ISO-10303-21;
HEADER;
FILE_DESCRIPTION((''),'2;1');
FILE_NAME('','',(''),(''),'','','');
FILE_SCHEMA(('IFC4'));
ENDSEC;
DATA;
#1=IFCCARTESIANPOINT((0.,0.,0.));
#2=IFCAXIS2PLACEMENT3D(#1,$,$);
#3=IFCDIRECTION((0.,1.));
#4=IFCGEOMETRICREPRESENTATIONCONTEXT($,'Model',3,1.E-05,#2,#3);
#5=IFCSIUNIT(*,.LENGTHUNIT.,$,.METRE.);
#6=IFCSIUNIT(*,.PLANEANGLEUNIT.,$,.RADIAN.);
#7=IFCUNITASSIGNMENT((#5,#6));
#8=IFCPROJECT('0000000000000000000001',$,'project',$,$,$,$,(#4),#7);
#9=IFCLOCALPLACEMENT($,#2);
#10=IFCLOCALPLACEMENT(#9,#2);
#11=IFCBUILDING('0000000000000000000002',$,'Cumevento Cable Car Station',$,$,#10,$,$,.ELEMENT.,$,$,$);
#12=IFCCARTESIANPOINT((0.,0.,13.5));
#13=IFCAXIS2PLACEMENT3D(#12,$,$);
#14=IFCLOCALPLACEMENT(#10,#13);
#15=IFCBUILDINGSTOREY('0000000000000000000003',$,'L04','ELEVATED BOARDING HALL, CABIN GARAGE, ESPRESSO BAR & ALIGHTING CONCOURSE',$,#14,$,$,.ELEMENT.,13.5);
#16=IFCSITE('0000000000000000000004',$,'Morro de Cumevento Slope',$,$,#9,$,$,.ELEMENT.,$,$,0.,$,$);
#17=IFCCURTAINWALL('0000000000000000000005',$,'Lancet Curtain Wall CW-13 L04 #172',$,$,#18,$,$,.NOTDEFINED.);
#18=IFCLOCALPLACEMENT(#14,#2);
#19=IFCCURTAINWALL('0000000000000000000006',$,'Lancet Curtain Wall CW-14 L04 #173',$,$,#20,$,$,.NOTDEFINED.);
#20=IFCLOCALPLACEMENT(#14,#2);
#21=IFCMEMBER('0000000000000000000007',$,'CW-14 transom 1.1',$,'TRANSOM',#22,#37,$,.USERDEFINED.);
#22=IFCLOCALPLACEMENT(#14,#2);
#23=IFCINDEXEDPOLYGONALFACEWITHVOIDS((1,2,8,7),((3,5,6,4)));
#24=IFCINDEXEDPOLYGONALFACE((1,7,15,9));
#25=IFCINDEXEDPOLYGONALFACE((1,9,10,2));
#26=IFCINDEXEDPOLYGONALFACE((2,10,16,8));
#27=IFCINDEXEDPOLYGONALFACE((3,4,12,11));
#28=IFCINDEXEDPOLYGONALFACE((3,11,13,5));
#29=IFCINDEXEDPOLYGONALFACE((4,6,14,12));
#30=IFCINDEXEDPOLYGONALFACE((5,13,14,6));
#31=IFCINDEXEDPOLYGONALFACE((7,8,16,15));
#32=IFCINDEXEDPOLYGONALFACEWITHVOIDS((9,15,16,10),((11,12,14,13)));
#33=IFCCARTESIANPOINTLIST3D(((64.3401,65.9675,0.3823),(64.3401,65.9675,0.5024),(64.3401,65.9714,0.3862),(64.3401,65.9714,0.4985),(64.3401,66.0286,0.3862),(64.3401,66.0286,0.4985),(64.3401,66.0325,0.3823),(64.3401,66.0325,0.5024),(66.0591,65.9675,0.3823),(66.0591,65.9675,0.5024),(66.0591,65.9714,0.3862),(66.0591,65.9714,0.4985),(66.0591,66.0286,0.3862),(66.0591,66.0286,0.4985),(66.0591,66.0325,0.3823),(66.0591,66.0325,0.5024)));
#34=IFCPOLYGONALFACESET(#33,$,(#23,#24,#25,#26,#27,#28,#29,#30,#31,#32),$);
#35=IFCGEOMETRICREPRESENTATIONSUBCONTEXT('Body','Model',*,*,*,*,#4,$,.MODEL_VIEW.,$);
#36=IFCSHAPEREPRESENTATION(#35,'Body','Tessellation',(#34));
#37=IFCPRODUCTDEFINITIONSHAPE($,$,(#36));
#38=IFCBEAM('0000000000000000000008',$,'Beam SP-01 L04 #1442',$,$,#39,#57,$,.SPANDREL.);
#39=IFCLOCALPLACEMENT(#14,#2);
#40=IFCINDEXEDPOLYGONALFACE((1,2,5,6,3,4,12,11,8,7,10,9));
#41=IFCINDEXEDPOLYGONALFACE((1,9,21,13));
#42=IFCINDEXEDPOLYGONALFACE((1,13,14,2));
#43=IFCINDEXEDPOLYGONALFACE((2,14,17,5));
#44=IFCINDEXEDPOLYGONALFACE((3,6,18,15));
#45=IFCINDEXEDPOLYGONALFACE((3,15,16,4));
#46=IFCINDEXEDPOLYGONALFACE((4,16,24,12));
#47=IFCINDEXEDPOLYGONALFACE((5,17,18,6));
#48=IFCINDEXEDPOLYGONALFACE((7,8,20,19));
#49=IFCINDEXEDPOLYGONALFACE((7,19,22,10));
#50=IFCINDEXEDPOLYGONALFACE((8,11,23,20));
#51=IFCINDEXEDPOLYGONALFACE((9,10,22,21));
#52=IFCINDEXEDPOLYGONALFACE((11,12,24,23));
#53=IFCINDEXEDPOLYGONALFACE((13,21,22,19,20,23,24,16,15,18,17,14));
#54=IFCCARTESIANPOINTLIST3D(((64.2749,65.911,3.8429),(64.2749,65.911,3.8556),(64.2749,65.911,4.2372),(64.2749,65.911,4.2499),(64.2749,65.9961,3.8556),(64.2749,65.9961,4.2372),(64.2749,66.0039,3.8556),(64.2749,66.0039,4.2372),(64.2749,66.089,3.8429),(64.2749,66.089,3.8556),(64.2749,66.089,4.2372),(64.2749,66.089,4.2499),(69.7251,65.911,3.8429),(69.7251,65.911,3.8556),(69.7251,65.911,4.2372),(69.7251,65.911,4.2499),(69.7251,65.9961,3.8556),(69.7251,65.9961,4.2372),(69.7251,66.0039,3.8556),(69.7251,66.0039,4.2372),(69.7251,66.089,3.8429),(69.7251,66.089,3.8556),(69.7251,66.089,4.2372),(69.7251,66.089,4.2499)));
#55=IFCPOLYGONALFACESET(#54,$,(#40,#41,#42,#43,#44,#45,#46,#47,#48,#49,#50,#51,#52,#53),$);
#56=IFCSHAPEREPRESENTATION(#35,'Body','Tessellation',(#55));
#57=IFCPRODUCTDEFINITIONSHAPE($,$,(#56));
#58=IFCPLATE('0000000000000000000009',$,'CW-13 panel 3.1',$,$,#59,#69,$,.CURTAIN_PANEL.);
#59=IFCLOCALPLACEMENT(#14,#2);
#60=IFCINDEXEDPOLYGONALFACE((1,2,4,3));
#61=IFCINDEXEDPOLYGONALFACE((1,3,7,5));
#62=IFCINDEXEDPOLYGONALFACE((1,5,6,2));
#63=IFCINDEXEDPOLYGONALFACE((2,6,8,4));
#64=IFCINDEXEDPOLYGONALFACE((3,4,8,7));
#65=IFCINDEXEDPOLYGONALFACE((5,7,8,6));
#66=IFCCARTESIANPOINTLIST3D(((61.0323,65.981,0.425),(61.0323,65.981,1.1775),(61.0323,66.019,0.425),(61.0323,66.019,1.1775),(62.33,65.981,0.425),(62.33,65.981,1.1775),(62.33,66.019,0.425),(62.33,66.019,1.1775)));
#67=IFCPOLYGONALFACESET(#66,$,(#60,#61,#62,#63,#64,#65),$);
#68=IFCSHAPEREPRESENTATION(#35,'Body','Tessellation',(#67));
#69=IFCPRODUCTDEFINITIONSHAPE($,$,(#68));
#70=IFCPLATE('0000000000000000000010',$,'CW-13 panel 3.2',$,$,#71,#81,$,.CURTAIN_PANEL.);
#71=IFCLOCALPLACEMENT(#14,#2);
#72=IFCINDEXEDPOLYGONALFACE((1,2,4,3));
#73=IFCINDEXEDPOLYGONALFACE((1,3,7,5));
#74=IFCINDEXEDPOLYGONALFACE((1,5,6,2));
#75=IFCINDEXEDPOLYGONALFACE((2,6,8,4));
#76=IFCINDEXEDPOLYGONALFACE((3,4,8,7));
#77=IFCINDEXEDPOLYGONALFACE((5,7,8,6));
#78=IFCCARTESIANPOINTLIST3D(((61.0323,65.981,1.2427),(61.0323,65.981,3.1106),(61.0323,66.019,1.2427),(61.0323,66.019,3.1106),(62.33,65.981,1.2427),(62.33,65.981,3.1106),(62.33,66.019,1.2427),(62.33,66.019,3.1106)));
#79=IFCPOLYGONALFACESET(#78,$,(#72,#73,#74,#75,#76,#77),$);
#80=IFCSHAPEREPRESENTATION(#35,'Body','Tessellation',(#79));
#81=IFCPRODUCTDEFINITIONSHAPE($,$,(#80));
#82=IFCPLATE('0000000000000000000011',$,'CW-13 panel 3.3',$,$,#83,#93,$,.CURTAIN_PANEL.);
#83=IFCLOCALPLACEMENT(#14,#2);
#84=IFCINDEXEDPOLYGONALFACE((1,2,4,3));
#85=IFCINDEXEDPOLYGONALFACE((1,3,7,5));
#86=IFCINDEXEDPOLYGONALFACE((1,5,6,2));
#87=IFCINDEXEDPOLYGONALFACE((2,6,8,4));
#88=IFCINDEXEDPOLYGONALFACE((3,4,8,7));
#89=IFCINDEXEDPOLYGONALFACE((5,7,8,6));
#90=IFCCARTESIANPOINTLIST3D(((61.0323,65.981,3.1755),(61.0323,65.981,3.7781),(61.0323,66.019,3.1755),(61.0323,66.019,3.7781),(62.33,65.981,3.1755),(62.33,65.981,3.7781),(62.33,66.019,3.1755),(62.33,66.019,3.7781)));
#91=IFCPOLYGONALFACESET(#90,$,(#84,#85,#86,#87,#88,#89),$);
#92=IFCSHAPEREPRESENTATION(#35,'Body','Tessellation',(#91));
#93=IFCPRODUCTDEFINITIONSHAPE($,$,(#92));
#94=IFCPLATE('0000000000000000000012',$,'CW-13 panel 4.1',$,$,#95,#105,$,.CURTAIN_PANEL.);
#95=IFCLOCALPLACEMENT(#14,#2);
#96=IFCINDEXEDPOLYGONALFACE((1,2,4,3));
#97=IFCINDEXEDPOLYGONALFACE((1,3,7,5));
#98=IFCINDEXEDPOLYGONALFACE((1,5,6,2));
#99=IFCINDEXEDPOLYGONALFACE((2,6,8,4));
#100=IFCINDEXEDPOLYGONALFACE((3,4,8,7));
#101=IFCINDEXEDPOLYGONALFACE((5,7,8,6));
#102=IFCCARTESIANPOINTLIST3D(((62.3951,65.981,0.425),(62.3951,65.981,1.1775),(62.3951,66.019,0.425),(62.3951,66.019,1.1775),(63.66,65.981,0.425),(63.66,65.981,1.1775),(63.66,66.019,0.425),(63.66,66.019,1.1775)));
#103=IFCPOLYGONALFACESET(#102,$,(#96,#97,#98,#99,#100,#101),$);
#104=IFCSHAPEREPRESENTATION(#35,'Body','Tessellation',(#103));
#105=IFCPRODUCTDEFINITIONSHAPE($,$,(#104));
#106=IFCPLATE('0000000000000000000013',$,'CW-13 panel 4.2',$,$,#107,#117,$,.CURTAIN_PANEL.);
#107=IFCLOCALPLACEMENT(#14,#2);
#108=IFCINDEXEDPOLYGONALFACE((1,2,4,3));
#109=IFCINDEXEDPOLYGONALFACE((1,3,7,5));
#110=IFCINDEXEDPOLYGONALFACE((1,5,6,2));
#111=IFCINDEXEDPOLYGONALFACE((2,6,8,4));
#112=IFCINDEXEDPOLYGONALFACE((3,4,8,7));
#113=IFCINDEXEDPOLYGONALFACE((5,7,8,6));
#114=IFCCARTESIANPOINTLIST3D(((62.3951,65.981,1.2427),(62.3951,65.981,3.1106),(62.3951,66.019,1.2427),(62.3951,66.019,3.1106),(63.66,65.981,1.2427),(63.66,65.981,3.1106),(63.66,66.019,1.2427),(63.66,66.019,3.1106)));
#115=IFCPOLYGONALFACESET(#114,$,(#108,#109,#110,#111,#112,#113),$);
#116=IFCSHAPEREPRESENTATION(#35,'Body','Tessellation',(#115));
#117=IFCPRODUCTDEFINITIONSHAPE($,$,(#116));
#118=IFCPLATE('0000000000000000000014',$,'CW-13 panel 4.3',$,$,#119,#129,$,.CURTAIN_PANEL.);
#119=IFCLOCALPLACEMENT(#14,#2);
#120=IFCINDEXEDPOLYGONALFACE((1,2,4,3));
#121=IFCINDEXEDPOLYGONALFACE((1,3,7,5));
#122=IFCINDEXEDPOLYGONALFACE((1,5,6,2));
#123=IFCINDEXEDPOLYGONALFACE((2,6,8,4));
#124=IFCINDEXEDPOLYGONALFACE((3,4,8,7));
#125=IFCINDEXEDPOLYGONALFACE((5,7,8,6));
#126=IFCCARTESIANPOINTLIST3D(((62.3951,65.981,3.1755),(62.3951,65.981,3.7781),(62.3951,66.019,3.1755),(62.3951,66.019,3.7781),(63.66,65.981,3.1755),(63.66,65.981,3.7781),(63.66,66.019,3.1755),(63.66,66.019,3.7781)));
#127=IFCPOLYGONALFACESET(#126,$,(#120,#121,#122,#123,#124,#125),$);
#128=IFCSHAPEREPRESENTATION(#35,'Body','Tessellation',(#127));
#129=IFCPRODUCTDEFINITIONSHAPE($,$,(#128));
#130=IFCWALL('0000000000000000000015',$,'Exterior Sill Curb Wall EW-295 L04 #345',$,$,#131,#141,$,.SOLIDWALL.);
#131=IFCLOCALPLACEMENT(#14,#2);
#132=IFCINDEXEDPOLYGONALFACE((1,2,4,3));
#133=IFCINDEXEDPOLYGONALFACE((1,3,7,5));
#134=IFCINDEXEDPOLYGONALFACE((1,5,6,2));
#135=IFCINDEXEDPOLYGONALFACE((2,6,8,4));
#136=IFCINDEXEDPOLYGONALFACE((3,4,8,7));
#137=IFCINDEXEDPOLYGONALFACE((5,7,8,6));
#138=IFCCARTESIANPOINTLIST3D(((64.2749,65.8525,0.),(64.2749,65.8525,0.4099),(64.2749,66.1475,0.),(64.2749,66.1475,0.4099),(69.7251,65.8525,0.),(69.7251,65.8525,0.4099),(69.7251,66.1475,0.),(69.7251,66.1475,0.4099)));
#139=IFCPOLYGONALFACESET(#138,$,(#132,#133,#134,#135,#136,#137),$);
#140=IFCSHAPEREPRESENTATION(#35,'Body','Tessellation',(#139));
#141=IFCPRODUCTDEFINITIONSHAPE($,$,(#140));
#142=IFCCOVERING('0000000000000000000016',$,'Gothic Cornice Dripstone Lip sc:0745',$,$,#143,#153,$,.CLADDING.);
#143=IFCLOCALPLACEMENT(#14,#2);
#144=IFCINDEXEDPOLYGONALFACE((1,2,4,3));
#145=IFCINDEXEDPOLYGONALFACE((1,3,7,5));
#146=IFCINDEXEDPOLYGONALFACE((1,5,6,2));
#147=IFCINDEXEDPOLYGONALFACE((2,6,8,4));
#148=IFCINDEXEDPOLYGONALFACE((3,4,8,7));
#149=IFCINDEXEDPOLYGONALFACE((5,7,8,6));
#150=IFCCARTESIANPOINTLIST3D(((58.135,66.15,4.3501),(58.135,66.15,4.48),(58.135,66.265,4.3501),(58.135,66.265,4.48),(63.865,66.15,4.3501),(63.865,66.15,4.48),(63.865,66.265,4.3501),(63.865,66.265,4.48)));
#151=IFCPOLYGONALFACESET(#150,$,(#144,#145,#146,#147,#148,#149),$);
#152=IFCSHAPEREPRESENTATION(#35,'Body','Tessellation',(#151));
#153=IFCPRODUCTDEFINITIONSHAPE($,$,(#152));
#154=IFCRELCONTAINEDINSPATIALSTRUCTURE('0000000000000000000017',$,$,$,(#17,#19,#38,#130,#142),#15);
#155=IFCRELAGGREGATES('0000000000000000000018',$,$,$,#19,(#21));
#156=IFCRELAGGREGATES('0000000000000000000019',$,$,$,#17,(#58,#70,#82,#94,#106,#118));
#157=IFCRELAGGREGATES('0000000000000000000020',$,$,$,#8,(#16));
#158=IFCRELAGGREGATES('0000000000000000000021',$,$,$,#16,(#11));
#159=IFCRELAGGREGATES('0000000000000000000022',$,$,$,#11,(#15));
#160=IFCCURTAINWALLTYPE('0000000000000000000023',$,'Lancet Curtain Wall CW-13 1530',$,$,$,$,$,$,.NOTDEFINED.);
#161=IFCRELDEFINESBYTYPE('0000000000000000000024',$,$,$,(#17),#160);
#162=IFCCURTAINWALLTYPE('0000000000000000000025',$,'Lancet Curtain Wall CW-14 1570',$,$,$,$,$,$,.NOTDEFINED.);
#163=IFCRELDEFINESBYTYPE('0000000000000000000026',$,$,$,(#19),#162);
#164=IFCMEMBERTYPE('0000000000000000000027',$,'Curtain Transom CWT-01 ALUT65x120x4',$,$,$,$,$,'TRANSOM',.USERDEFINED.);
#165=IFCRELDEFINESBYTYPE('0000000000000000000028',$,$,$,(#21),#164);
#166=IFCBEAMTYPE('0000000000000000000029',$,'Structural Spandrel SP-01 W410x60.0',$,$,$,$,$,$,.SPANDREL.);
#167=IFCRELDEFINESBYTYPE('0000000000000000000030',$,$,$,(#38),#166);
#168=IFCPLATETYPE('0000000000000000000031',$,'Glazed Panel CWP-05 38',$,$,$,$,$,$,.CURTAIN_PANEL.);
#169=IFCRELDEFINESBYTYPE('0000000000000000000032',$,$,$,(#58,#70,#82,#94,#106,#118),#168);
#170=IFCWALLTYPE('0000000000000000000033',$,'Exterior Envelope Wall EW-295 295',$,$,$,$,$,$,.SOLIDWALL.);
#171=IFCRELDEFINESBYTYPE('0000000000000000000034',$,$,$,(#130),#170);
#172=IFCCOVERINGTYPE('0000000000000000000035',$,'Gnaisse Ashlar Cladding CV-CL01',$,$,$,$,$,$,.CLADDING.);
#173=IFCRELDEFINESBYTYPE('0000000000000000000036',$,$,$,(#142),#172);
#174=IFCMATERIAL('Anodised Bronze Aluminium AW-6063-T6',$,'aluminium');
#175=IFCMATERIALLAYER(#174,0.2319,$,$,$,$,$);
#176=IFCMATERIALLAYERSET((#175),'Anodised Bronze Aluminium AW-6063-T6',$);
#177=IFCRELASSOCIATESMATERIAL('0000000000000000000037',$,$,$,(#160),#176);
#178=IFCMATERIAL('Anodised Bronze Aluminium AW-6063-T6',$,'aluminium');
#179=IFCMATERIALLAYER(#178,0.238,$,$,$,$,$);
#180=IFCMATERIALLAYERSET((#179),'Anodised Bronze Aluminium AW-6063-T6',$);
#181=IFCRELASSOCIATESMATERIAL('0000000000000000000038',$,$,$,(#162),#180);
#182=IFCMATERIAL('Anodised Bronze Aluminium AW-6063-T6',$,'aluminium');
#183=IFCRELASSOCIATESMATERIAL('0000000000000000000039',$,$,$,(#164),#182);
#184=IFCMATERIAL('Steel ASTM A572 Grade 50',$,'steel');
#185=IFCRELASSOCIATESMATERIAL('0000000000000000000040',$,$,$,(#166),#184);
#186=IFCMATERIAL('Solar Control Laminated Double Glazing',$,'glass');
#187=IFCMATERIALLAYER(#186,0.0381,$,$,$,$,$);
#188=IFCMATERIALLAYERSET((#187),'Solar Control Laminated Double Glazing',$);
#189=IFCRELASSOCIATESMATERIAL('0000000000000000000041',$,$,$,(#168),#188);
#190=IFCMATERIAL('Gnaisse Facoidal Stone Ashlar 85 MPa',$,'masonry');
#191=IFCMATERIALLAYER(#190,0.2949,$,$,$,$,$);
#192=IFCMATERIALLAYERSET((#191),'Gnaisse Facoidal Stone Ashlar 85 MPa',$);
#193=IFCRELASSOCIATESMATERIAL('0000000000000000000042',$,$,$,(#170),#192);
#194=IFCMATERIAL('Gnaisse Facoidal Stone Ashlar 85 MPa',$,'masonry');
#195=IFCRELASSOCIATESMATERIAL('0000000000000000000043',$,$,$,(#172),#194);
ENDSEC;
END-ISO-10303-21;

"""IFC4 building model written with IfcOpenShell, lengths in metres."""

from ifc_helpers import new_model, si_unit, direction, frame, frame_2d, origin, origin_2d, place, context, subcontext, project, spatial, rectangle, hollow_rectangle, i_section, extrude, material, layer, layer_set, material_profile, profile_set, type_object, element, aggregate, save


model = new_model("IFC4")

# Units and contexts
model_context = context("Model", 3, precision=1e-05, world=origin(), true_north=direction((0.0, 1.0)))
body_context = subcontext(model_context, "Body", "Model", "MODEL_VIEW")
ifc_project = project(units=[si_unit("LENGTHUNIT", "METRE"), si_unit("PLANEANGLEUNIT", "RADIAN")], contexts=[model_context])

# Site, building, storey
site_placement = place(None, origin())
site = spatial("IfcSite", under=ifc_project, at=site_placement, Name="Morro de Cumevento Slope", CompositionType="ELEMENT", RefElevation=0.0)
building_placement = place(site_placement, origin())
building = spatial("IfcBuilding", under=site, at=building_placement, Name="Cumevento Cable Car Station", CompositionType="ELEMENT")
storey_placement = place(building_placement, frame((0.0, 0.0, 13.5)))
storey = spatial("IfcBuildingStorey", under=building, at=storey_placement, Name="L04", Description="ELEVATED BOARDING HALL, CABIN GARAGE, ESPRESSO BAR & ALIGHTING CONCOURSE", CompositionType="ELEMENT", Elevation=13.5)

# Curtain wall
ifc_material_1 = material(Name="Anodised Bronze Aluminium AW-6063-T6", Category="aluminium")
ifc_layer_1 = layer(ifc_material_1, 0.2319)
ifc_layer_set_1 = layer_set([ifc_layer_1], Name="Anodised Bronze Aluminium AW-6063-T6")
curtain_wall_type_1 = type_object("IfcCurtainWallType", Name="Lancet Curtain Wall CW-13 1530", PredefinedType="NOTDEFINED", material=ifc_layer_set_1)
curtain_wall_1_placement = place(storey_placement, origin())
curtain_wall_1 = element("IfcCurtainWall", 1, at=curtain_wall_1_placement, inside=storey, type_object=curtain_wall_type_1, Name="Lancet Curtain Wall CW-13 L04 #172", PredefinedType="NOTDEFINED")

# Curtain wall
ifc_material_2 = material(Name="Anodised Bronze Aluminium AW-6063-T6", Category="aluminium")
ifc_layer_2 = layer(ifc_material_2, 0.238)
ifc_layer_set_2 = layer_set([ifc_layer_2], Name="Anodised Bronze Aluminium AW-6063-T6")
curtain_wall_type_2 = type_object("IfcCurtainWallType", Name="Lancet Curtain Wall CW-14 1570", PredefinedType="NOTDEFINED", material=ifc_layer_set_2)
curtain_wall_2_placement = place(storey_placement, origin())
curtain_wall_2 = element("IfcCurtainWall", 2, at=curtain_wall_2_placement, inside=storey, type_object=curtain_wall_type_2, Name="Lancet Curtain Wall CW-14 L04 #173", PredefinedType="NOTDEFINED")

# Member
ifc_material_3 = material(Name="Anodised Bronze Aluminium AW-6063-T6", Category="aluminium")
ifc_material_profile_1 = material_profile(ifc_material_3, hollow_rectangle(XDim=0.0649, YDim=0.1201, WallThickness=0.0039, at=origin_2d()), Name="ALUT65x120x4")
ifc_profile_set_1 = profile_set([ifc_material_profile_1], Name="Anodised Bronze Aluminium AW-6063-T6")
member_type_1 = type_object("IfcMemberType", Name="Curtain Transom CWT-01 ALUT65x120x4", ElementType="TRANSOM", PredefinedType="USERDEFINED", material=ifc_profile_set_1)
member_1_placement = place(storey_placement, frame((64.3401, 66.0, 0.4424), z_axis=(1.0, 0.0, 0.0), x_axis=(0.0, 1.0, 0.0)))
member_1 = element("IfcMember", 3, at=member_1_placement, type_object=member_type_1, Name="CW-14 transom 1.1", ObjectType="TRANSOM", PredefinedType="USERDEFINED", context=body_context, shape_type="SweptSolid", body=[
    extrude(hollow_rectangle(XDim=0.0649, YDim=0.1201, WallThickness=0.0039, at=origin_2d()), origin(), (0.0, 0.0, 1.0), 1.719),
])
aggregate(curtain_wall_2, [member_1])

# Beam
ifc_material_4 = material(Name="Steel ASTM A572 Grade 50", Category="steel")
ifc_material_profile_2 = material_profile(ifc_material_4, i_section(OverallWidth=0.178, OverallDepth=0.407, WebThickness=0.0078, FlangeThickness=0.0127, at=origin_2d()), Name="W410x60.0")
ifc_profile_set_2 = profile_set([ifc_material_profile_2], Name="Steel ASTM A572 Grade 50")
beam_type = type_object("IfcBeamType", Name="Structural Spandrel SP-01 W410x60.0", PredefinedType="SPANDREL", material=ifc_profile_set_2)
beam_placement = place(storey_placement, frame((64.2749, 66.0, 4.0464), z_axis=(1.0, 0.0, 0.0), x_axis=(0.0, 1.0, 0.0)))
element("IfcBeam", 4, at=beam_placement, inside=storey, type_object=beam_type, Name="Beam SP-01 L04 #1442", PredefinedType="SPANDREL", context=body_context, shape_type="SweptSolid", body=[
    extrude(i_section(OverallWidth=0.178, OverallDepth=0.407, WebThickness=0.0078, FlangeThickness=0.0127, at=origin_2d()), origin(), (0.0, 0.0, 1.0), 5.4502),
])

# Plates
ifc_material_5 = material(Name="Solar Control Laminated Double Glazing", Category="glass")
ifc_layer_3 = layer(ifc_material_5, 0.0381)
ifc_layer_set_3 = layer_set([ifc_layer_3], Name="Solar Control Laminated Double Glazing")
plate_type = type_object("IfcPlateType", Name="Glazed Panel CWP-05 38", PredefinedType="CURTAIN_PANEL", material=ifc_layer_set_3)
plate_1_placement = place(storey_placement, frame((61.6812, 66.0, 0.425), z_axis=(0.0, 0.0, 1.0), x_axis=(1.0, 0.0, 0.0)))
plate_1 = element("IfcPlate", 5, at=plate_1_placement, type_object=plate_type, Name="CW-13 panel 3.1", PredefinedType="CURTAIN_PANEL", context=body_context, shape_type="SweptSolid", body=[
    extrude(rectangle(XDim=1.2976, YDim=0.0381, at=origin_2d()), origin(), (0.0, 0.0, 1.0), 0.7524),
])
plate_2_placement = place(storey_placement, frame((61.6812, 66.0, 1.2427), z_axis=(0.0, 0.0, 1.0), x_axis=(1.0, 0.0, 0.0)))
plate_2 = element("IfcPlate", 6, at=plate_2_placement, type_object=plate_type, Name="CW-13 panel 3.2", PredefinedType="CURTAIN_PANEL", context=body_context, shape_type="SweptSolid", body=[
    extrude(rectangle(XDim=1.2976, YDim=0.0381, at=origin_2d()), origin(), (0.0, 0.0, 1.0), 1.8679),
])
plate_3_placement = place(storey_placement, frame((61.6812, 66.0, 3.1755), z_axis=(0.0, 0.0, 1.0), x_axis=(1.0, 0.0, 0.0)))
plate_3 = element("IfcPlate", 7, at=plate_3_placement, type_object=plate_type, Name="CW-13 panel 3.3", PredefinedType="CURTAIN_PANEL", context=body_context, shape_type="SweptSolid", body=[
    extrude(rectangle(XDim=1.2976, YDim=0.0381, at=origin_2d()), origin(), (0.0, 0.0, 1.0), 0.6025),
])
plate_4_placement = place(storey_placement, frame((63.0276, 66.0, 0.425), z_axis=(0.0, 0.0, 1.0), x_axis=(1.0, 0.0, 0.0)))
plate_4 = element("IfcPlate", 8, at=plate_4_placement, type_object=plate_type, Name="CW-13 panel 4.1", PredefinedType="CURTAIN_PANEL", context=body_context, shape_type="SweptSolid", body=[
    extrude(rectangle(XDim=1.2649, YDim=0.0381, at=origin_2d()), origin(), (0.0, 0.0, 1.0), 0.7524),
])
plate_5_placement = place(storey_placement, frame((63.0276, 66.0, 1.2427), z_axis=(0.0, 0.0, 1.0), x_axis=(1.0, 0.0, 0.0)))
plate_5 = element("IfcPlate", 9, at=plate_5_placement, type_object=plate_type, Name="CW-13 panel 4.2", PredefinedType="CURTAIN_PANEL", context=body_context, shape_type="SweptSolid", body=[
    extrude(rectangle(XDim=1.2649, YDim=0.0381, at=origin_2d()), origin(), (0.0, 0.0, 1.0), 1.8679),
])
plate_6_placement = place(storey_placement, frame((63.0276, 66.0, 3.1755), z_axis=(0.0, 0.0, 1.0), x_axis=(1.0, 0.0, 0.0)))
plate_6 = element("IfcPlate", 10, at=plate_6_placement, type_object=plate_type, Name="CW-13 panel 4.3", PredefinedType="CURTAIN_PANEL", context=body_context, shape_type="SweptSolid", body=[
    extrude(rectangle(XDim=1.2649, YDim=0.0381, at=origin_2d()), origin(), (0.0, 0.0, 1.0), 0.6025),
])
aggregate(curtain_wall_1, [plate_1, plate_2, plate_3, plate_4, plate_5, plate_6])

# Wall
ifc_material_6 = material(Name="Gnaisse Facoidal Stone Ashlar 85 MPa", Category="masonry")
ifc_layer_4 = layer(ifc_material_6, 0.2949)
ifc_layer_set_4 = layer_set([ifc_layer_4], Name="Gnaisse Facoidal Stone Ashlar 85 MPa")
wall_type = type_object("IfcWallType", Name="Exterior Envelope Wall EW-295 295", PredefinedType="SOLIDWALL", material=ifc_layer_set_4)
wall_placement = place(storey_placement, frame((64.2749, 66.0, 0.0), z_axis=(0.0, 0.0, 1.0), x_axis=(1.0, 0.0, 0.0)))
element("IfcWall", 11, at=wall_placement, inside=storey, type_object=wall_type, Name="Exterior Sill Curb Wall EW-295 L04 #345", PredefinedType="SOLIDWALL", context=body_context, shape_type="SweptSolid", body=[
    extrude(rectangle(XDim=5.4502, YDim=0.2949, at=frame_2d((2.7251, 0.0))), origin(), (0.0, 0.0, 1.0), 0.4099),
])

# Covering
ifc_material_7 = material(Name="Gnaisse Facoidal Stone Ashlar 85 MPa", Category="masonry")
covering_type = type_object("IfcCoveringType", Name="Gnaisse Ashlar Cladding CV-CL01", PredefinedType="CLADDING", material=ifc_material_7)
covering_1_placement = place(storey_placement, frame((61.0, 66.2075, 4.3501), z_axis=(0.0, 0.0, 1.0), x_axis=(1.0, 0.0, 0.0)))
element("IfcCovering", 12, at=covering_1_placement, inside=storey, type_object=covering_type, Name="Gothic Cornice Dripstone Lip sc:0745", PredefinedType="CLADDING", context=body_context, shape_type="SweptSolid", body=[
    extrude(rectangle(XDim=5.73, YDim=0.115, at=origin_2d()), origin(), (0.0, 0.0, 1.0), 0.1299),
])

save(model, "model.ifc")
